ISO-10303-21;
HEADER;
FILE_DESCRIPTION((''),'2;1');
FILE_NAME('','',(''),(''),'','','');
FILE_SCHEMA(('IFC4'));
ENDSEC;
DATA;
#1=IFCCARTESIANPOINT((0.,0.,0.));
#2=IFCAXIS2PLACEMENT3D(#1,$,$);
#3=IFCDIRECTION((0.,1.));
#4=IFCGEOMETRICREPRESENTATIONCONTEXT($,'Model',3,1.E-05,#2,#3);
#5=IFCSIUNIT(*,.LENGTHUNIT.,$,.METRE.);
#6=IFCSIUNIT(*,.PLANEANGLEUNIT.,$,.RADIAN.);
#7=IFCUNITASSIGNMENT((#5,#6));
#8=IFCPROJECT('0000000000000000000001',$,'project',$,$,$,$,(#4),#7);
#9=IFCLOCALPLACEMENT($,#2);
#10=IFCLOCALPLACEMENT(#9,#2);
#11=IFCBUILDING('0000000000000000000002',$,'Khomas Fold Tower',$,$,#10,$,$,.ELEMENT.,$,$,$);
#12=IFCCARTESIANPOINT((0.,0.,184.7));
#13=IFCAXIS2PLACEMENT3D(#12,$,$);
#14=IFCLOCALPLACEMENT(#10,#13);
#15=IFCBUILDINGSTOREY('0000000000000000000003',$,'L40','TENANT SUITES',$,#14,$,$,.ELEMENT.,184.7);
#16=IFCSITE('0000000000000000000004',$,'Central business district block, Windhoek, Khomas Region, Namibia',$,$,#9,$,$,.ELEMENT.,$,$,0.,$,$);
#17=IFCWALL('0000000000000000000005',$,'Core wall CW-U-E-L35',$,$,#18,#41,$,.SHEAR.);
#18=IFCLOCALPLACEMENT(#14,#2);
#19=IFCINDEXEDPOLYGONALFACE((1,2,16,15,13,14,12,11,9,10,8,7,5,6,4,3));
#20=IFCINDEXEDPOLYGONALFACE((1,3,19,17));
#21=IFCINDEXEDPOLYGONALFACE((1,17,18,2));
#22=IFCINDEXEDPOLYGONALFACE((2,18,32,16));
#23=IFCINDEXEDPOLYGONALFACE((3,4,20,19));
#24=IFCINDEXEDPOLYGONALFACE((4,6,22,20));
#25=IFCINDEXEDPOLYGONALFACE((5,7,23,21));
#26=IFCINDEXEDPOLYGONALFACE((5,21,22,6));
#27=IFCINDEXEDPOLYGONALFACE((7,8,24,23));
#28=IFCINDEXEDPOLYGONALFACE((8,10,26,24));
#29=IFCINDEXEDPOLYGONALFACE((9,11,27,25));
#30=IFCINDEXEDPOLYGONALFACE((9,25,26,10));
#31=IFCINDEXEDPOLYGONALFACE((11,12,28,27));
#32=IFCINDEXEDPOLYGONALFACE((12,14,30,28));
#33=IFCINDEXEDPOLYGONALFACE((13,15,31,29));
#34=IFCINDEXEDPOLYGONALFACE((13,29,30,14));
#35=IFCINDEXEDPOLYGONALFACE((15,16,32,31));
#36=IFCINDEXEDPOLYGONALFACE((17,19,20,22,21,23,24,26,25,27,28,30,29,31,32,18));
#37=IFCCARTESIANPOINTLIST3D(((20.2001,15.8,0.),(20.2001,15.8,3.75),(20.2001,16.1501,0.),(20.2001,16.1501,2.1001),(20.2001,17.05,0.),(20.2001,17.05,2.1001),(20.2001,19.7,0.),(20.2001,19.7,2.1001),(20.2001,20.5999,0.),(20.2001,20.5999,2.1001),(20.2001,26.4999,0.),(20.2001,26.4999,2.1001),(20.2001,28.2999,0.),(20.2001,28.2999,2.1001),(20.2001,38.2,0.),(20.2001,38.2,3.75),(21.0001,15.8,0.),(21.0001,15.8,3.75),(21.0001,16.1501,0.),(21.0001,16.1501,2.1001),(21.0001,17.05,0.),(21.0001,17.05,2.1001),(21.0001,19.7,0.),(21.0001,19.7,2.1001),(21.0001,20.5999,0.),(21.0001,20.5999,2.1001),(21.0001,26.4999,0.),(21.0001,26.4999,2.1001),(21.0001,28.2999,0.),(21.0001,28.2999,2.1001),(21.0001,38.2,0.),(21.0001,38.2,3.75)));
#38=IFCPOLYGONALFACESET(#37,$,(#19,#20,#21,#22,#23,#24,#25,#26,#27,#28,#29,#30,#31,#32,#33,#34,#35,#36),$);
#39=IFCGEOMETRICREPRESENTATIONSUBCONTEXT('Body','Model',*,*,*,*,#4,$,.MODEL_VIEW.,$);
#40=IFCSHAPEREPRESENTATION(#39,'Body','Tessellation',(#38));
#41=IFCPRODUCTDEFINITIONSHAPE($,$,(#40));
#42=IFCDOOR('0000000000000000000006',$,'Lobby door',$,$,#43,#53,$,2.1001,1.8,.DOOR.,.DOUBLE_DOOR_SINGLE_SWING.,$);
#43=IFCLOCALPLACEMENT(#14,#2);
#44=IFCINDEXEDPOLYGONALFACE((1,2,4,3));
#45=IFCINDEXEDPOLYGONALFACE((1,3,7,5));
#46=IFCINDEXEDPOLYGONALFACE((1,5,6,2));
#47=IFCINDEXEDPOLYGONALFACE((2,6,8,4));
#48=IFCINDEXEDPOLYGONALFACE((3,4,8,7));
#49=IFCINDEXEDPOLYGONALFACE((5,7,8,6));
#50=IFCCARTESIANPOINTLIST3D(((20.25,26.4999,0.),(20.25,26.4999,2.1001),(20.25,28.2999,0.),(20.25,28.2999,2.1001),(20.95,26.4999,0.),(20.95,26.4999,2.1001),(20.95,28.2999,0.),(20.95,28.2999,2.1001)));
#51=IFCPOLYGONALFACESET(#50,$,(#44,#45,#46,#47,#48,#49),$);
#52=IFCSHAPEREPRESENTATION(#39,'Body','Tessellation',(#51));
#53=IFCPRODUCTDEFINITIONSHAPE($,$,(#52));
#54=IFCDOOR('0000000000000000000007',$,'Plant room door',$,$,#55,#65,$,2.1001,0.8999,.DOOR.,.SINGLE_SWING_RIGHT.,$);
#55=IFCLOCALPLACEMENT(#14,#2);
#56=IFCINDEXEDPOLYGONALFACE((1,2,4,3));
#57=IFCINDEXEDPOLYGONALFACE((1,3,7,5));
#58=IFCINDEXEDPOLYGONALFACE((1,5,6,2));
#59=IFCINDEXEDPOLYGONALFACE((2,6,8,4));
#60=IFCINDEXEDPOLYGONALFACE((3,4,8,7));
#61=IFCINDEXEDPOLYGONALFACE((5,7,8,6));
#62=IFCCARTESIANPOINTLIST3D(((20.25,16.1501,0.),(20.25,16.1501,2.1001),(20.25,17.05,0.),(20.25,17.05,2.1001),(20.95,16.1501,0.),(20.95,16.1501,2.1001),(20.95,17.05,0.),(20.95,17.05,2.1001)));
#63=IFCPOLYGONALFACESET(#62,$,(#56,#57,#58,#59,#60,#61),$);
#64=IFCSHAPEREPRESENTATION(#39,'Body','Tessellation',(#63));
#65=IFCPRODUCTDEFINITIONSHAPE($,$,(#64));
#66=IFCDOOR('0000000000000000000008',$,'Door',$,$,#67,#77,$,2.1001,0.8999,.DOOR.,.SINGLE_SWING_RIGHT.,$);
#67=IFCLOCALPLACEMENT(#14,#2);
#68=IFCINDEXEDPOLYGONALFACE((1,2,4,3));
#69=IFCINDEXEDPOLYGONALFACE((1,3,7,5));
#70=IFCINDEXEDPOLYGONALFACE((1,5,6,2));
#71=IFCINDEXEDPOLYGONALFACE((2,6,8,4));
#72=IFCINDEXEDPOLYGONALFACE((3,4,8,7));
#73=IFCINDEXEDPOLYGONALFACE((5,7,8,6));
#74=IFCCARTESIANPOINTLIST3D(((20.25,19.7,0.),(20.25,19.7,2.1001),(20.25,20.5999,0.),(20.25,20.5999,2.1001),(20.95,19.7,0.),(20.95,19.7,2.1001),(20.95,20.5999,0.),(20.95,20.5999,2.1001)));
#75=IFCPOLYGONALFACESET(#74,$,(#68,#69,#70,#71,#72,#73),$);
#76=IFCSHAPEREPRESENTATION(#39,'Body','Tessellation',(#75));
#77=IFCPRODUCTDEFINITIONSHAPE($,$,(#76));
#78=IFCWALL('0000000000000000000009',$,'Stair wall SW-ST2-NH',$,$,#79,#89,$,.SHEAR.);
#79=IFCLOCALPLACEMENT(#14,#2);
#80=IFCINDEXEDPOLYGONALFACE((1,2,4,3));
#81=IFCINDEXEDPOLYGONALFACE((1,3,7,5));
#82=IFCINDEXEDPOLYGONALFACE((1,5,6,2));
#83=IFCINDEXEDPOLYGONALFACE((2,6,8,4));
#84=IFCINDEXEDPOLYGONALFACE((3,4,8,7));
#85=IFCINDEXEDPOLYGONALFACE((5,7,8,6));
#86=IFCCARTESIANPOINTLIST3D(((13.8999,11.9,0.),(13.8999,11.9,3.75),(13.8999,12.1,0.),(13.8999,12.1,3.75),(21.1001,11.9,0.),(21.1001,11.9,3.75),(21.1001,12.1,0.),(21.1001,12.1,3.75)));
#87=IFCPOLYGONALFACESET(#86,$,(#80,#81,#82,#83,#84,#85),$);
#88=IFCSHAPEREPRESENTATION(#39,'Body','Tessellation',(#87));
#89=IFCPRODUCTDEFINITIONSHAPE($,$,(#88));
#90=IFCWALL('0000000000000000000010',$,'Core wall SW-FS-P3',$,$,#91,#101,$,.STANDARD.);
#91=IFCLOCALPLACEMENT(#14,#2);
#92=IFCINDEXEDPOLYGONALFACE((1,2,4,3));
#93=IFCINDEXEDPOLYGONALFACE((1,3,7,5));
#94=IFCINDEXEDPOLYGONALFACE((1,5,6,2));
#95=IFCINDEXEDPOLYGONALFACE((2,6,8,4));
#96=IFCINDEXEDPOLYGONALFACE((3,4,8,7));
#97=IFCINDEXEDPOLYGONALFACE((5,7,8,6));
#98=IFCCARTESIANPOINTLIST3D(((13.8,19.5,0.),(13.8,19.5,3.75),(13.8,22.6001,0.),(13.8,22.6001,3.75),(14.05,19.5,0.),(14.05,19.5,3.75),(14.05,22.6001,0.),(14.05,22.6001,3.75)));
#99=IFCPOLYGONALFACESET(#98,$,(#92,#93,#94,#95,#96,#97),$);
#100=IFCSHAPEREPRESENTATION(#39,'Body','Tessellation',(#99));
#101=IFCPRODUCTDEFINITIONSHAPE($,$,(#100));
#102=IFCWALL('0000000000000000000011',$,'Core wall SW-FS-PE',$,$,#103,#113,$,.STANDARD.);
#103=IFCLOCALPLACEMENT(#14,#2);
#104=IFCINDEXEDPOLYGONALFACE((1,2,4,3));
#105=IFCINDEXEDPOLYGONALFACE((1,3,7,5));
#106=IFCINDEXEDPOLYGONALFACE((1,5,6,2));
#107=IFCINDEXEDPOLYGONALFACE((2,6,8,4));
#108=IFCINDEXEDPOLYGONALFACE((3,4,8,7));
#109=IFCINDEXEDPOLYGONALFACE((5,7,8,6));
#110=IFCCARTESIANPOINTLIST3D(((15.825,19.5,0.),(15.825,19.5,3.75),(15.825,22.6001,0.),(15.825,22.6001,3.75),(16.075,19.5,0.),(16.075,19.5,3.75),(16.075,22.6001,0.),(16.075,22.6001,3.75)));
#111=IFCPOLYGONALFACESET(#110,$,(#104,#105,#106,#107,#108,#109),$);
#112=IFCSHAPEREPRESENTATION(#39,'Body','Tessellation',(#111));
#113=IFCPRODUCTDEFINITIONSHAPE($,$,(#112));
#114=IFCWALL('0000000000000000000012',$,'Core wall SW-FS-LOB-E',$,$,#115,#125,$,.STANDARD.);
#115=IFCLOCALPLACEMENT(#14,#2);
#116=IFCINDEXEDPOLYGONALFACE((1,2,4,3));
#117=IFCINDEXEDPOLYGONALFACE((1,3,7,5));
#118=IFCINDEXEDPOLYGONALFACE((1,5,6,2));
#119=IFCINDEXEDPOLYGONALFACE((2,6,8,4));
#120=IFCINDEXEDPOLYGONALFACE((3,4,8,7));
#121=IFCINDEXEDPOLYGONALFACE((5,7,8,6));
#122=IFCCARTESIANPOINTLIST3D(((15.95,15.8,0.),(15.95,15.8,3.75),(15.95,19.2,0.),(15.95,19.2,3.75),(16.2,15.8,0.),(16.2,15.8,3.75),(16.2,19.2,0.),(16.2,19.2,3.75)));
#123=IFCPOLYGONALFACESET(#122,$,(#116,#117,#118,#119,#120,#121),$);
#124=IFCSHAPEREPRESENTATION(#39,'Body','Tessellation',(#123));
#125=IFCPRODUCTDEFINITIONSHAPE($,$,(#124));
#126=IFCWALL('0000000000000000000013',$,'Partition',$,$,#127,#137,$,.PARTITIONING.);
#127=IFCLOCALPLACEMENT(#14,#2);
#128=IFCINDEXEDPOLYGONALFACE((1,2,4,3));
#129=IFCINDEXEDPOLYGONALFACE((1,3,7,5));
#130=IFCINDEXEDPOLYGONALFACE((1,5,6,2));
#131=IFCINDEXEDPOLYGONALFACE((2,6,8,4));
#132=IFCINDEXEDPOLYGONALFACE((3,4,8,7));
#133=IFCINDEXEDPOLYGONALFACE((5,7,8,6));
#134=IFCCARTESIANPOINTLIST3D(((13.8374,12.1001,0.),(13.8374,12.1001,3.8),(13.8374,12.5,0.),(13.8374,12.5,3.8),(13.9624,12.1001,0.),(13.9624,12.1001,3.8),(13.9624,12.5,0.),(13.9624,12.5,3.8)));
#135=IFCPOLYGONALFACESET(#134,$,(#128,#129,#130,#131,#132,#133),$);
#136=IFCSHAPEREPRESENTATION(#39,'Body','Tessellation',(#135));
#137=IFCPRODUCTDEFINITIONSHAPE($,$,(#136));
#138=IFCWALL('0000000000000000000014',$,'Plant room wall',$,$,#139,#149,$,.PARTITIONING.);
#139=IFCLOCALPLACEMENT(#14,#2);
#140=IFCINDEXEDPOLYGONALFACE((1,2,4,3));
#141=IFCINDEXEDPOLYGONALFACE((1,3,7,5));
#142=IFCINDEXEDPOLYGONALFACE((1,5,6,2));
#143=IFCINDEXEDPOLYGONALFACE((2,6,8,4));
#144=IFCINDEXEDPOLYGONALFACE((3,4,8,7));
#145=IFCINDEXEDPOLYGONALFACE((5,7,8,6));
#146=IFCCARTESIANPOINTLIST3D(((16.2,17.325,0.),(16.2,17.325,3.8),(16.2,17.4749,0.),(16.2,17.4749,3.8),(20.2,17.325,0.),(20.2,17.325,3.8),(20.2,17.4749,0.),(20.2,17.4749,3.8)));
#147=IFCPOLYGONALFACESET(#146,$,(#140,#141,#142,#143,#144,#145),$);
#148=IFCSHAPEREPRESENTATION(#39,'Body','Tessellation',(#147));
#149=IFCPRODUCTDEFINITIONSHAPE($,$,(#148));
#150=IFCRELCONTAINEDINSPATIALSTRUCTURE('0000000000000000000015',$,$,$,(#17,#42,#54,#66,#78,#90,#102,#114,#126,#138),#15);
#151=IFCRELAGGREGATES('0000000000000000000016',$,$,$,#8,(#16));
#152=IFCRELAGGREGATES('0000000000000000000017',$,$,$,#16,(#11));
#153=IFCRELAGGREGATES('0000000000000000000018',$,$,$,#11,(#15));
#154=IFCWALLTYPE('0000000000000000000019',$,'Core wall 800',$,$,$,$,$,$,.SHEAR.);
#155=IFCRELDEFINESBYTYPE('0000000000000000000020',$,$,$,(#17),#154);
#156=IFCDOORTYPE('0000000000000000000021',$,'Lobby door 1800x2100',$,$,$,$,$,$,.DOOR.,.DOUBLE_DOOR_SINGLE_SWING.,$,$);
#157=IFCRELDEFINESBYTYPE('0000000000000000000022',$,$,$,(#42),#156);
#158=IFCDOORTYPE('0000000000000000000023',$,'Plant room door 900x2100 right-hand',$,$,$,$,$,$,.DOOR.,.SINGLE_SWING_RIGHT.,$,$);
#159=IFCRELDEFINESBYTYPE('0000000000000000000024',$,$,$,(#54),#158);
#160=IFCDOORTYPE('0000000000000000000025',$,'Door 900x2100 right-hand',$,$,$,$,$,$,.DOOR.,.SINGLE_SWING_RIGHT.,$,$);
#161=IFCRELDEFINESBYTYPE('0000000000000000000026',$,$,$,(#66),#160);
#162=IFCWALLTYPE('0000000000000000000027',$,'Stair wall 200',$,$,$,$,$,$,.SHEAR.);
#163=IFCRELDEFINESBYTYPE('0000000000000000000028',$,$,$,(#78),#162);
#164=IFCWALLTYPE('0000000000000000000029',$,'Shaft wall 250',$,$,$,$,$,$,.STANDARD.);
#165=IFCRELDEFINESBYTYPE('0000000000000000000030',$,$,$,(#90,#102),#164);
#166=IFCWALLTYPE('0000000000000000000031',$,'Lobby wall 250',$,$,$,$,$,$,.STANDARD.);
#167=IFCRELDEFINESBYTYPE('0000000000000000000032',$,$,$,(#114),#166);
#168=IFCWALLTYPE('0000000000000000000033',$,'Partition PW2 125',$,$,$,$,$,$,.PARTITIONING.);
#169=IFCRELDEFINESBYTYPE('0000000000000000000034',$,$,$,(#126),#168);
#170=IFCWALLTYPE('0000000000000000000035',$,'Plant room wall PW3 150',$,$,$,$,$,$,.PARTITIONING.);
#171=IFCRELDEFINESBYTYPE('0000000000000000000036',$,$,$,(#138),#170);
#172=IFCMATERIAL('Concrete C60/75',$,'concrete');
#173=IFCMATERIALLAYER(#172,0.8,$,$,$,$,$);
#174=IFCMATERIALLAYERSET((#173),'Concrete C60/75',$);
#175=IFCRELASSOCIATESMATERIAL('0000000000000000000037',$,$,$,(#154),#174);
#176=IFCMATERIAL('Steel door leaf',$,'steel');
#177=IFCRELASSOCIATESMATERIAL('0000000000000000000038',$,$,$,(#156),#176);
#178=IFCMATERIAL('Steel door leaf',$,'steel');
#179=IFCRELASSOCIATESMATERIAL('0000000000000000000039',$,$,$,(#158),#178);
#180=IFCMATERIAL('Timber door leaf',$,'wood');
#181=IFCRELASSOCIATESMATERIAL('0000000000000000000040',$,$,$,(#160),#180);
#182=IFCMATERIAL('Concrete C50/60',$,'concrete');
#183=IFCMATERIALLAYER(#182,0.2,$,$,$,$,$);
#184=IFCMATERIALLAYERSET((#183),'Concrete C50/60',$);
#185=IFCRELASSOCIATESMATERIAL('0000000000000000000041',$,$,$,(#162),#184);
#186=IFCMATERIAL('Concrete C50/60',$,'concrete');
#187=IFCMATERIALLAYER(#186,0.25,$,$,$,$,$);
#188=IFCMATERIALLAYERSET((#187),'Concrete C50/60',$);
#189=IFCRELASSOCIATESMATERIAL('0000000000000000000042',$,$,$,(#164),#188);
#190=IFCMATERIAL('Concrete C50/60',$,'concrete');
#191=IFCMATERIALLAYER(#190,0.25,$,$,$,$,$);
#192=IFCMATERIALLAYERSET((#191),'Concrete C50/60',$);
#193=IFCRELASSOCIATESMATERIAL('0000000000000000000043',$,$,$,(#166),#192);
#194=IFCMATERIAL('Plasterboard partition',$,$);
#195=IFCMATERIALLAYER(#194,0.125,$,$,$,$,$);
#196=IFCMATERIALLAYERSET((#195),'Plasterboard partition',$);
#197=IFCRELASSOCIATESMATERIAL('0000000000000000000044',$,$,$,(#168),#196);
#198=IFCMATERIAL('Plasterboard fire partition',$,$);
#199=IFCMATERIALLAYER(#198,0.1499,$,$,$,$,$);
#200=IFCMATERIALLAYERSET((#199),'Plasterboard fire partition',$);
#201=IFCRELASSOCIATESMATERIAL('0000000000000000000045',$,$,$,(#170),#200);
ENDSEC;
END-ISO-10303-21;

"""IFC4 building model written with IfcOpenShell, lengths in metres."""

from ifc_helpers import new_model, si_unit, direction, frame, frame_2d, origin, place, context, subcontext, project, spatial, rectangle, extrude, source, transform, mapped, material, layer, layer_set, type_object, element, fill, save


model = new_model("IFC4")

# Units and contexts
model_context = context("Model", 3, precision=1e-05, world=origin(), true_north=direction((0.0, 1.0)))
body_context = subcontext(model_context, "Body", "Model", "MODEL_VIEW")
ifc_project = project(units=[si_unit("LENGTHUNIT", "METRE"), si_unit("PLANEANGLEUNIT", "RADIAN")], contexts=[model_context])

# Site, building, storey
site_placement = place(None, origin())
site = spatial("IfcSite", under=ifc_project, at=site_placement, Name="Central business district block, Windhoek, Khomas Region, Namibia", CompositionType="ELEMENT", RefElevation=0.0)
building_placement = place(site_placement, origin())
building = spatial("IfcBuilding", under=site, at=building_placement, Name="Khomas Fold Tower", CompositionType="ELEMENT")
storey_placement = place(building_placement, frame((0.0, 0.0, 184.7)))
storey = spatial("IfcBuildingStorey", under=building, at=storey_placement, Name="L40", Description="TENANT SUITES", CompositionType="ELEMENT", Elevation=184.7)

# Wall, openings, doors
ifc_material_1 = material(Name="Concrete C60/75", Category="concrete")
ifc_layer_1 = layer(ifc_material_1, 0.8)
ifc_layer_set_1 = layer_set([ifc_layer_1], Name="Concrete C60/75")
wall_type_1 = type_object("IfcWallType", Name="Core wall 800", PredefinedType="SHEAR", material=ifc_layer_set_1)
shared_shape_1 = source(origin(), body_context, "Body", "SweptSolid", [
    extrude(rectangle(XDim=22.3999, YDim=0.8, at=frame_2d((11.2, 0.0))), origin(), (0.0, 0.0, 1.0), 3.75),
])
wall_1_placement = place(storey_placement, frame((20.6001, 15.8, 0.0), z_axis=(0.0, 0.0, 1.0), x_axis=(0.0, 1.0, 0.0)))
wall_1 = element("IfcWall", 1, at=wall_1_placement, inside=storey, type_object=wall_type_1, Name="Core wall CW-U-E-L35", PredefinedType="SHEAR", context=body_context, shape_type="MappedRepresentation", body=[
    mapped(shared_shape_1, transform((0.0, 0.0, 0.0))),
])
shared_shape_2 = source(origin(), body_context, "Body", "SweptSolid", [
    extrude(rectangle(XDim=1.8, YDim=2.1001, at=frame_2d((0.8999, 1.05))), frame((0.0, 0.4099, 0.0), z_axis=(0.0, -1.0, 0.0), x_axis=(1.0, 0.0, 0.0)), (0.0, 0.0, 1.0), 0.8201),
])
opening_1_placement = place(wall_1_placement, frame((10.7, 0.0, 0.0)))
opening_1 = element("IfcOpeningElement", 2, at=opening_1_placement, cuts=wall_1, PredefinedType="OPENING", context=body_context, shape_type="MappedRepresentation", body=[
    mapped(shared_shape_2, transform((0.0, 0.0, 0.0))),
])
shared_shape_3 = source(origin(), body_context, "Body", "SweptSolid", [
    extrude(rectangle(XDim=0.8999, YDim=2.1001, at=frame_2d((0.45, 1.05))), frame((0.0, 0.4099, 0.0), z_axis=(0.0, -1.0, 0.0), x_axis=(1.0, 0.0, 0.0)), (0.0, 0.0, 1.0), 0.8201),
])
opening_2_placement = place(wall_1_placement, frame((0.3501, 0.0, 0.0)))
opening_2 = element("IfcOpeningElement", 3, at=opening_2_placement, cuts=wall_1, PredefinedType="OPENING", context=body_context, shape_type="MappedRepresentation", body=[
    mapped(shared_shape_3, transform((0.0, 0.0, 0.0))),
])
opening_3_placement = place(wall_1_placement, frame((3.8999, 0.0, 0.0)))
opening_3 = element("IfcOpeningElement", 4, at=opening_3_placement, cuts=wall_1, PredefinedType="OPENING", context=body_context, shape_type="MappedRepresentation", body=[
    mapped(shared_shape_3, transform((0.0, 0.0, 0.0))),
])
ifc_material_2 = material(Name="Steel door leaf", Category="steel")
door_type_1 = type_object("IfcDoorType", Name="Lobby door 1800x2100", OperationType="DOUBLE_DOOR_SINGLE_SWING", PredefinedType="DOOR", material=ifc_material_2)
shared_shape_4 = source(origin(), body_context, "Body", "SweptSolid", [
    extrude(rectangle(XDim=1.8, YDim=2.1001, at=frame_2d((0.8999, 1.05))), frame((0.0, 0.3501, 0.0), z_axis=(0.0, -1.0, 0.0), x_axis=(1.0, 0.0, 0.0)), (0.0, 0.0, 1.0), 0.7),
])
door_1_placement = place(opening_1_placement, origin())
door_1 = element("IfcDoor", 5, at=door_1_placement, inside=storey, type_object=door_type_1, Name="Lobby door", OperationType="DOUBLE_DOOR_SINGLE_SWING", OverallHeight=2.1001, OverallWidth=1.8, PredefinedType="DOOR", context=body_context, shape_type="MappedRepresentation", body=[
    mapped(shared_shape_4, transform((0.0, 0.0, 0.0))),
])
fill(opening_1, door_1)
ifc_material_3 = material(Name="Steel door leaf", Category="steel")
door_type_2 = type_object("IfcDoorType", Name="Plant room door 900x2100 right-hand", OperationType="SINGLE_SWING_RIGHT", PredefinedType="DOOR", material=ifc_material_3)
shared_shape_5 = source(origin(), body_context, "Body", "SweptSolid", [
    extrude(rectangle(XDim=0.8999, YDim=2.1001, at=frame_2d((0.45, 1.05))), frame((0.0, 0.3501, 0.0), z_axis=(0.0, -1.0, 0.0), x_axis=(1.0, 0.0, 0.0)), (0.0, 0.0, 1.0), 0.7),
])
door_2_placement = place(opening_2_placement, origin())
door_2 = element("IfcDoor", 6, at=door_2_placement, inside=storey, type_object=door_type_2, Name="Plant room door", OperationType="SINGLE_SWING_RIGHT", OverallHeight=2.1001, OverallWidth=0.8999, PredefinedType="DOOR", context=body_context, shape_type="MappedRepresentation", body=[
    mapped(shared_shape_5, transform((0.0, 0.0, 0.0))),
])
fill(opening_2, door_2)
ifc_material_4 = material(Name="Timber door leaf", Category="wood")
door_type_3 = type_object("IfcDoorType", Name="Door 900x2100 right-hand", OperationType="SINGLE_SWING_RIGHT", PredefinedType="DOOR", material=ifc_material_4)
door_3_placement = place(opening_3_placement, origin())
door_3 = element("IfcDoor", 7, at=door_3_placement, inside=storey, type_object=door_type_3, Name="Door", OperationType="SINGLE_SWING_RIGHT", OverallHeight=2.1001, OverallWidth=0.8999, PredefinedType="DOOR", context=body_context, shape_type="MappedRepresentation", body=[
    mapped(shared_shape_5, transform((0.0, 0.0, 0.0))),
])
fill(opening_3, door_3)

# Walls
ifc_material_5 = material(Name="Concrete C50/60", Category="concrete")
ifc_layer_2 = layer(ifc_material_5, 0.2)
ifc_layer_set_2 = layer_set([ifc_layer_2], Name="Concrete C50/60")
wall_type_2 = type_object("IfcWallType", Name="Stair wall 200", PredefinedType="SHEAR", material=ifc_layer_set_2)
shared_shape_6 = source(origin(), body_context, "Body", "SweptSolid", [
    extrude(rectangle(XDim=7.2002, YDim=0.2, at=frame_2d((3.6001, 0.0))), origin(), (0.0, 0.0, 1.0), 3.75),
])
wall_2_placement = place(storey_placement, frame((13.8999, 12.0, 0.0), z_axis=(0.0, 0.0, 1.0), x_axis=(1.0, 0.0, 0.0)))
element("IfcWall", 8, at=wall_2_placement, inside=storey, type_object=wall_type_2, Name="Stair wall SW-ST2-NH", PredefinedType="SHEAR", context=body_context, shape_type="MappedRepresentation", body=[
    mapped(shared_shape_6, transform((0.0, 0.0, 0.0))),
])
ifc_material_6 = material(Name="Concrete C50/60", Category="concrete")
ifc_layer_3 = layer(ifc_material_6, 0.25)
ifc_layer_set_3 = layer_set([ifc_layer_3], Name="Concrete C50/60")
wall_type_3 = type_object("IfcWallType", Name="Shaft wall 250", PredefinedType="STANDARD", material=ifc_layer_set_3)
shared_shape_7 = source(origin(), body_context, "Body", "SweptSolid", [
    extrude(rectangle(XDim=3.1001, YDim=0.25, at=frame_2d((1.55, 0.0))), origin(), (0.0, 0.0, 1.0), 3.75),
])
for number, where, z_axis, x_axis, name in (
    (9, (13.925, 19.5, 0.0), (0.0, 0.0, 1.0), (0.0, 1.0, 0.0), "Core wall SW-FS-P3"),
    (10, (15.95, 19.5, 0.0), (0.0, 0.0, 1.0), (0.0, 1.0, 0.0), "Core wall SW-FS-PE"),
):
    element("IfcWall", number, at=place(storey_placement, frame(where, z_axis=z_axis, x_axis=x_axis)), inside=storey, type_object=wall_type_3, Name=name, PredefinedType="STANDARD", context=body_context, shape_type="MappedRepresentation", body=[
        mapped(shared_shape_7, transform((0.0, 0.0, 0.0))),
    ])
ifc_material_7 = material(Name="Concrete C50/60", Category="concrete")
ifc_layer_4 = layer(ifc_material_7, 0.25)
ifc_layer_set_4 = layer_set([ifc_layer_4], Name="Concrete C50/60")
wall_type_4 = type_object("IfcWallType", Name="Lobby wall 250", PredefinedType="STANDARD", material=ifc_layer_set_4)
shared_shape_8 = source(origin(), body_context, "Body", "SweptSolid", [
    extrude(rectangle(XDim=3.3999, YDim=0.25, at=frame_2d((1.7, 0.0))), origin(), (0.0, 0.0, 1.0), 3.75),
])
wall_3_placement = place(storey_placement, frame((16.075, 15.8, 0.0), z_axis=(0.0, 0.0, 1.0), x_axis=(0.0, 1.0, 0.0)))
element("IfcWall", 11, at=wall_3_placement, inside=storey, type_object=wall_type_4, Name="Core wall SW-FS-LOB-E", PredefinedType="STANDARD", context=body_context, shape_type="MappedRepresentation", body=[
    mapped(shared_shape_8, transform((0.0, 0.0, 0.0))),
])
ifc_material_8 = material(Name="Plasterboard partition")
ifc_layer_5 = layer(ifc_material_8, 0.125)
ifc_layer_set_5 = layer_set([ifc_layer_5], Name="Plasterboard partition")
wall_type_5 = type_object("IfcWallType", Name="Partition PW2 125", PredefinedType="PARTITIONING", material=ifc_layer_set_5)
shared_shape_9 = source(origin(), body_context, "Body", "SweptSolid", [
    extrude(rectangle(XDim=0.3999, YDim=0.125, at=frame_2d((0.2, 0.0))), origin(), (0.0, 0.0, 1.0), 3.8),
])
wall_4_placement = place(storey_placement, frame((13.8999, 12.1001, 0.0), z_axis=(0.0, 0.0, 1.0), x_axis=(0.0, 1.0, 0.0)))
element("IfcWall", 12, at=wall_4_placement, inside=storey, type_object=wall_type_5, Name="Partition", PredefinedType="PARTITIONING", context=body_context, shape_type="MappedRepresentation", body=[
    mapped(shared_shape_9, transform((0.0, 0.0, 0.0))),
])
ifc_material_9 = material(Name="Plasterboard fire partition")
ifc_layer_6 = layer(ifc_material_9, 0.1499)
ifc_layer_set_6 = layer_set([ifc_layer_6], Name="Plasterboard fire partition")
wall_type_6 = type_object("IfcWallType", Name="Plant room wall PW3 150", PredefinedType="PARTITIONING", material=ifc_layer_set_6)
shared_shape_10 = source(origin(), body_context, "Body", "SweptSolid", [
    extrude(rectangle(XDim=4.0, YDim=0.1499, at=frame_2d((2.0, 0.0))), origin(), (0.0, 0.0, 1.0), 3.8),
])
wall_5_placement = place(storey_placement, frame((16.2, 17.3999, 0.0), z_axis=(0.0, 0.0, 1.0), x_axis=(1.0, 0.0, 0.0)))
element("IfcWall", 13, at=wall_5_placement, inside=storey, type_object=wall_type_6, Name="Plant room wall", PredefinedType="PARTITIONING", context=body_context, shape_type="MappedRepresentation", body=[
    mapped(shared_shape_10, transform((0.0, 0.0, 0.0))),
])

save(model, "model.ifc")
